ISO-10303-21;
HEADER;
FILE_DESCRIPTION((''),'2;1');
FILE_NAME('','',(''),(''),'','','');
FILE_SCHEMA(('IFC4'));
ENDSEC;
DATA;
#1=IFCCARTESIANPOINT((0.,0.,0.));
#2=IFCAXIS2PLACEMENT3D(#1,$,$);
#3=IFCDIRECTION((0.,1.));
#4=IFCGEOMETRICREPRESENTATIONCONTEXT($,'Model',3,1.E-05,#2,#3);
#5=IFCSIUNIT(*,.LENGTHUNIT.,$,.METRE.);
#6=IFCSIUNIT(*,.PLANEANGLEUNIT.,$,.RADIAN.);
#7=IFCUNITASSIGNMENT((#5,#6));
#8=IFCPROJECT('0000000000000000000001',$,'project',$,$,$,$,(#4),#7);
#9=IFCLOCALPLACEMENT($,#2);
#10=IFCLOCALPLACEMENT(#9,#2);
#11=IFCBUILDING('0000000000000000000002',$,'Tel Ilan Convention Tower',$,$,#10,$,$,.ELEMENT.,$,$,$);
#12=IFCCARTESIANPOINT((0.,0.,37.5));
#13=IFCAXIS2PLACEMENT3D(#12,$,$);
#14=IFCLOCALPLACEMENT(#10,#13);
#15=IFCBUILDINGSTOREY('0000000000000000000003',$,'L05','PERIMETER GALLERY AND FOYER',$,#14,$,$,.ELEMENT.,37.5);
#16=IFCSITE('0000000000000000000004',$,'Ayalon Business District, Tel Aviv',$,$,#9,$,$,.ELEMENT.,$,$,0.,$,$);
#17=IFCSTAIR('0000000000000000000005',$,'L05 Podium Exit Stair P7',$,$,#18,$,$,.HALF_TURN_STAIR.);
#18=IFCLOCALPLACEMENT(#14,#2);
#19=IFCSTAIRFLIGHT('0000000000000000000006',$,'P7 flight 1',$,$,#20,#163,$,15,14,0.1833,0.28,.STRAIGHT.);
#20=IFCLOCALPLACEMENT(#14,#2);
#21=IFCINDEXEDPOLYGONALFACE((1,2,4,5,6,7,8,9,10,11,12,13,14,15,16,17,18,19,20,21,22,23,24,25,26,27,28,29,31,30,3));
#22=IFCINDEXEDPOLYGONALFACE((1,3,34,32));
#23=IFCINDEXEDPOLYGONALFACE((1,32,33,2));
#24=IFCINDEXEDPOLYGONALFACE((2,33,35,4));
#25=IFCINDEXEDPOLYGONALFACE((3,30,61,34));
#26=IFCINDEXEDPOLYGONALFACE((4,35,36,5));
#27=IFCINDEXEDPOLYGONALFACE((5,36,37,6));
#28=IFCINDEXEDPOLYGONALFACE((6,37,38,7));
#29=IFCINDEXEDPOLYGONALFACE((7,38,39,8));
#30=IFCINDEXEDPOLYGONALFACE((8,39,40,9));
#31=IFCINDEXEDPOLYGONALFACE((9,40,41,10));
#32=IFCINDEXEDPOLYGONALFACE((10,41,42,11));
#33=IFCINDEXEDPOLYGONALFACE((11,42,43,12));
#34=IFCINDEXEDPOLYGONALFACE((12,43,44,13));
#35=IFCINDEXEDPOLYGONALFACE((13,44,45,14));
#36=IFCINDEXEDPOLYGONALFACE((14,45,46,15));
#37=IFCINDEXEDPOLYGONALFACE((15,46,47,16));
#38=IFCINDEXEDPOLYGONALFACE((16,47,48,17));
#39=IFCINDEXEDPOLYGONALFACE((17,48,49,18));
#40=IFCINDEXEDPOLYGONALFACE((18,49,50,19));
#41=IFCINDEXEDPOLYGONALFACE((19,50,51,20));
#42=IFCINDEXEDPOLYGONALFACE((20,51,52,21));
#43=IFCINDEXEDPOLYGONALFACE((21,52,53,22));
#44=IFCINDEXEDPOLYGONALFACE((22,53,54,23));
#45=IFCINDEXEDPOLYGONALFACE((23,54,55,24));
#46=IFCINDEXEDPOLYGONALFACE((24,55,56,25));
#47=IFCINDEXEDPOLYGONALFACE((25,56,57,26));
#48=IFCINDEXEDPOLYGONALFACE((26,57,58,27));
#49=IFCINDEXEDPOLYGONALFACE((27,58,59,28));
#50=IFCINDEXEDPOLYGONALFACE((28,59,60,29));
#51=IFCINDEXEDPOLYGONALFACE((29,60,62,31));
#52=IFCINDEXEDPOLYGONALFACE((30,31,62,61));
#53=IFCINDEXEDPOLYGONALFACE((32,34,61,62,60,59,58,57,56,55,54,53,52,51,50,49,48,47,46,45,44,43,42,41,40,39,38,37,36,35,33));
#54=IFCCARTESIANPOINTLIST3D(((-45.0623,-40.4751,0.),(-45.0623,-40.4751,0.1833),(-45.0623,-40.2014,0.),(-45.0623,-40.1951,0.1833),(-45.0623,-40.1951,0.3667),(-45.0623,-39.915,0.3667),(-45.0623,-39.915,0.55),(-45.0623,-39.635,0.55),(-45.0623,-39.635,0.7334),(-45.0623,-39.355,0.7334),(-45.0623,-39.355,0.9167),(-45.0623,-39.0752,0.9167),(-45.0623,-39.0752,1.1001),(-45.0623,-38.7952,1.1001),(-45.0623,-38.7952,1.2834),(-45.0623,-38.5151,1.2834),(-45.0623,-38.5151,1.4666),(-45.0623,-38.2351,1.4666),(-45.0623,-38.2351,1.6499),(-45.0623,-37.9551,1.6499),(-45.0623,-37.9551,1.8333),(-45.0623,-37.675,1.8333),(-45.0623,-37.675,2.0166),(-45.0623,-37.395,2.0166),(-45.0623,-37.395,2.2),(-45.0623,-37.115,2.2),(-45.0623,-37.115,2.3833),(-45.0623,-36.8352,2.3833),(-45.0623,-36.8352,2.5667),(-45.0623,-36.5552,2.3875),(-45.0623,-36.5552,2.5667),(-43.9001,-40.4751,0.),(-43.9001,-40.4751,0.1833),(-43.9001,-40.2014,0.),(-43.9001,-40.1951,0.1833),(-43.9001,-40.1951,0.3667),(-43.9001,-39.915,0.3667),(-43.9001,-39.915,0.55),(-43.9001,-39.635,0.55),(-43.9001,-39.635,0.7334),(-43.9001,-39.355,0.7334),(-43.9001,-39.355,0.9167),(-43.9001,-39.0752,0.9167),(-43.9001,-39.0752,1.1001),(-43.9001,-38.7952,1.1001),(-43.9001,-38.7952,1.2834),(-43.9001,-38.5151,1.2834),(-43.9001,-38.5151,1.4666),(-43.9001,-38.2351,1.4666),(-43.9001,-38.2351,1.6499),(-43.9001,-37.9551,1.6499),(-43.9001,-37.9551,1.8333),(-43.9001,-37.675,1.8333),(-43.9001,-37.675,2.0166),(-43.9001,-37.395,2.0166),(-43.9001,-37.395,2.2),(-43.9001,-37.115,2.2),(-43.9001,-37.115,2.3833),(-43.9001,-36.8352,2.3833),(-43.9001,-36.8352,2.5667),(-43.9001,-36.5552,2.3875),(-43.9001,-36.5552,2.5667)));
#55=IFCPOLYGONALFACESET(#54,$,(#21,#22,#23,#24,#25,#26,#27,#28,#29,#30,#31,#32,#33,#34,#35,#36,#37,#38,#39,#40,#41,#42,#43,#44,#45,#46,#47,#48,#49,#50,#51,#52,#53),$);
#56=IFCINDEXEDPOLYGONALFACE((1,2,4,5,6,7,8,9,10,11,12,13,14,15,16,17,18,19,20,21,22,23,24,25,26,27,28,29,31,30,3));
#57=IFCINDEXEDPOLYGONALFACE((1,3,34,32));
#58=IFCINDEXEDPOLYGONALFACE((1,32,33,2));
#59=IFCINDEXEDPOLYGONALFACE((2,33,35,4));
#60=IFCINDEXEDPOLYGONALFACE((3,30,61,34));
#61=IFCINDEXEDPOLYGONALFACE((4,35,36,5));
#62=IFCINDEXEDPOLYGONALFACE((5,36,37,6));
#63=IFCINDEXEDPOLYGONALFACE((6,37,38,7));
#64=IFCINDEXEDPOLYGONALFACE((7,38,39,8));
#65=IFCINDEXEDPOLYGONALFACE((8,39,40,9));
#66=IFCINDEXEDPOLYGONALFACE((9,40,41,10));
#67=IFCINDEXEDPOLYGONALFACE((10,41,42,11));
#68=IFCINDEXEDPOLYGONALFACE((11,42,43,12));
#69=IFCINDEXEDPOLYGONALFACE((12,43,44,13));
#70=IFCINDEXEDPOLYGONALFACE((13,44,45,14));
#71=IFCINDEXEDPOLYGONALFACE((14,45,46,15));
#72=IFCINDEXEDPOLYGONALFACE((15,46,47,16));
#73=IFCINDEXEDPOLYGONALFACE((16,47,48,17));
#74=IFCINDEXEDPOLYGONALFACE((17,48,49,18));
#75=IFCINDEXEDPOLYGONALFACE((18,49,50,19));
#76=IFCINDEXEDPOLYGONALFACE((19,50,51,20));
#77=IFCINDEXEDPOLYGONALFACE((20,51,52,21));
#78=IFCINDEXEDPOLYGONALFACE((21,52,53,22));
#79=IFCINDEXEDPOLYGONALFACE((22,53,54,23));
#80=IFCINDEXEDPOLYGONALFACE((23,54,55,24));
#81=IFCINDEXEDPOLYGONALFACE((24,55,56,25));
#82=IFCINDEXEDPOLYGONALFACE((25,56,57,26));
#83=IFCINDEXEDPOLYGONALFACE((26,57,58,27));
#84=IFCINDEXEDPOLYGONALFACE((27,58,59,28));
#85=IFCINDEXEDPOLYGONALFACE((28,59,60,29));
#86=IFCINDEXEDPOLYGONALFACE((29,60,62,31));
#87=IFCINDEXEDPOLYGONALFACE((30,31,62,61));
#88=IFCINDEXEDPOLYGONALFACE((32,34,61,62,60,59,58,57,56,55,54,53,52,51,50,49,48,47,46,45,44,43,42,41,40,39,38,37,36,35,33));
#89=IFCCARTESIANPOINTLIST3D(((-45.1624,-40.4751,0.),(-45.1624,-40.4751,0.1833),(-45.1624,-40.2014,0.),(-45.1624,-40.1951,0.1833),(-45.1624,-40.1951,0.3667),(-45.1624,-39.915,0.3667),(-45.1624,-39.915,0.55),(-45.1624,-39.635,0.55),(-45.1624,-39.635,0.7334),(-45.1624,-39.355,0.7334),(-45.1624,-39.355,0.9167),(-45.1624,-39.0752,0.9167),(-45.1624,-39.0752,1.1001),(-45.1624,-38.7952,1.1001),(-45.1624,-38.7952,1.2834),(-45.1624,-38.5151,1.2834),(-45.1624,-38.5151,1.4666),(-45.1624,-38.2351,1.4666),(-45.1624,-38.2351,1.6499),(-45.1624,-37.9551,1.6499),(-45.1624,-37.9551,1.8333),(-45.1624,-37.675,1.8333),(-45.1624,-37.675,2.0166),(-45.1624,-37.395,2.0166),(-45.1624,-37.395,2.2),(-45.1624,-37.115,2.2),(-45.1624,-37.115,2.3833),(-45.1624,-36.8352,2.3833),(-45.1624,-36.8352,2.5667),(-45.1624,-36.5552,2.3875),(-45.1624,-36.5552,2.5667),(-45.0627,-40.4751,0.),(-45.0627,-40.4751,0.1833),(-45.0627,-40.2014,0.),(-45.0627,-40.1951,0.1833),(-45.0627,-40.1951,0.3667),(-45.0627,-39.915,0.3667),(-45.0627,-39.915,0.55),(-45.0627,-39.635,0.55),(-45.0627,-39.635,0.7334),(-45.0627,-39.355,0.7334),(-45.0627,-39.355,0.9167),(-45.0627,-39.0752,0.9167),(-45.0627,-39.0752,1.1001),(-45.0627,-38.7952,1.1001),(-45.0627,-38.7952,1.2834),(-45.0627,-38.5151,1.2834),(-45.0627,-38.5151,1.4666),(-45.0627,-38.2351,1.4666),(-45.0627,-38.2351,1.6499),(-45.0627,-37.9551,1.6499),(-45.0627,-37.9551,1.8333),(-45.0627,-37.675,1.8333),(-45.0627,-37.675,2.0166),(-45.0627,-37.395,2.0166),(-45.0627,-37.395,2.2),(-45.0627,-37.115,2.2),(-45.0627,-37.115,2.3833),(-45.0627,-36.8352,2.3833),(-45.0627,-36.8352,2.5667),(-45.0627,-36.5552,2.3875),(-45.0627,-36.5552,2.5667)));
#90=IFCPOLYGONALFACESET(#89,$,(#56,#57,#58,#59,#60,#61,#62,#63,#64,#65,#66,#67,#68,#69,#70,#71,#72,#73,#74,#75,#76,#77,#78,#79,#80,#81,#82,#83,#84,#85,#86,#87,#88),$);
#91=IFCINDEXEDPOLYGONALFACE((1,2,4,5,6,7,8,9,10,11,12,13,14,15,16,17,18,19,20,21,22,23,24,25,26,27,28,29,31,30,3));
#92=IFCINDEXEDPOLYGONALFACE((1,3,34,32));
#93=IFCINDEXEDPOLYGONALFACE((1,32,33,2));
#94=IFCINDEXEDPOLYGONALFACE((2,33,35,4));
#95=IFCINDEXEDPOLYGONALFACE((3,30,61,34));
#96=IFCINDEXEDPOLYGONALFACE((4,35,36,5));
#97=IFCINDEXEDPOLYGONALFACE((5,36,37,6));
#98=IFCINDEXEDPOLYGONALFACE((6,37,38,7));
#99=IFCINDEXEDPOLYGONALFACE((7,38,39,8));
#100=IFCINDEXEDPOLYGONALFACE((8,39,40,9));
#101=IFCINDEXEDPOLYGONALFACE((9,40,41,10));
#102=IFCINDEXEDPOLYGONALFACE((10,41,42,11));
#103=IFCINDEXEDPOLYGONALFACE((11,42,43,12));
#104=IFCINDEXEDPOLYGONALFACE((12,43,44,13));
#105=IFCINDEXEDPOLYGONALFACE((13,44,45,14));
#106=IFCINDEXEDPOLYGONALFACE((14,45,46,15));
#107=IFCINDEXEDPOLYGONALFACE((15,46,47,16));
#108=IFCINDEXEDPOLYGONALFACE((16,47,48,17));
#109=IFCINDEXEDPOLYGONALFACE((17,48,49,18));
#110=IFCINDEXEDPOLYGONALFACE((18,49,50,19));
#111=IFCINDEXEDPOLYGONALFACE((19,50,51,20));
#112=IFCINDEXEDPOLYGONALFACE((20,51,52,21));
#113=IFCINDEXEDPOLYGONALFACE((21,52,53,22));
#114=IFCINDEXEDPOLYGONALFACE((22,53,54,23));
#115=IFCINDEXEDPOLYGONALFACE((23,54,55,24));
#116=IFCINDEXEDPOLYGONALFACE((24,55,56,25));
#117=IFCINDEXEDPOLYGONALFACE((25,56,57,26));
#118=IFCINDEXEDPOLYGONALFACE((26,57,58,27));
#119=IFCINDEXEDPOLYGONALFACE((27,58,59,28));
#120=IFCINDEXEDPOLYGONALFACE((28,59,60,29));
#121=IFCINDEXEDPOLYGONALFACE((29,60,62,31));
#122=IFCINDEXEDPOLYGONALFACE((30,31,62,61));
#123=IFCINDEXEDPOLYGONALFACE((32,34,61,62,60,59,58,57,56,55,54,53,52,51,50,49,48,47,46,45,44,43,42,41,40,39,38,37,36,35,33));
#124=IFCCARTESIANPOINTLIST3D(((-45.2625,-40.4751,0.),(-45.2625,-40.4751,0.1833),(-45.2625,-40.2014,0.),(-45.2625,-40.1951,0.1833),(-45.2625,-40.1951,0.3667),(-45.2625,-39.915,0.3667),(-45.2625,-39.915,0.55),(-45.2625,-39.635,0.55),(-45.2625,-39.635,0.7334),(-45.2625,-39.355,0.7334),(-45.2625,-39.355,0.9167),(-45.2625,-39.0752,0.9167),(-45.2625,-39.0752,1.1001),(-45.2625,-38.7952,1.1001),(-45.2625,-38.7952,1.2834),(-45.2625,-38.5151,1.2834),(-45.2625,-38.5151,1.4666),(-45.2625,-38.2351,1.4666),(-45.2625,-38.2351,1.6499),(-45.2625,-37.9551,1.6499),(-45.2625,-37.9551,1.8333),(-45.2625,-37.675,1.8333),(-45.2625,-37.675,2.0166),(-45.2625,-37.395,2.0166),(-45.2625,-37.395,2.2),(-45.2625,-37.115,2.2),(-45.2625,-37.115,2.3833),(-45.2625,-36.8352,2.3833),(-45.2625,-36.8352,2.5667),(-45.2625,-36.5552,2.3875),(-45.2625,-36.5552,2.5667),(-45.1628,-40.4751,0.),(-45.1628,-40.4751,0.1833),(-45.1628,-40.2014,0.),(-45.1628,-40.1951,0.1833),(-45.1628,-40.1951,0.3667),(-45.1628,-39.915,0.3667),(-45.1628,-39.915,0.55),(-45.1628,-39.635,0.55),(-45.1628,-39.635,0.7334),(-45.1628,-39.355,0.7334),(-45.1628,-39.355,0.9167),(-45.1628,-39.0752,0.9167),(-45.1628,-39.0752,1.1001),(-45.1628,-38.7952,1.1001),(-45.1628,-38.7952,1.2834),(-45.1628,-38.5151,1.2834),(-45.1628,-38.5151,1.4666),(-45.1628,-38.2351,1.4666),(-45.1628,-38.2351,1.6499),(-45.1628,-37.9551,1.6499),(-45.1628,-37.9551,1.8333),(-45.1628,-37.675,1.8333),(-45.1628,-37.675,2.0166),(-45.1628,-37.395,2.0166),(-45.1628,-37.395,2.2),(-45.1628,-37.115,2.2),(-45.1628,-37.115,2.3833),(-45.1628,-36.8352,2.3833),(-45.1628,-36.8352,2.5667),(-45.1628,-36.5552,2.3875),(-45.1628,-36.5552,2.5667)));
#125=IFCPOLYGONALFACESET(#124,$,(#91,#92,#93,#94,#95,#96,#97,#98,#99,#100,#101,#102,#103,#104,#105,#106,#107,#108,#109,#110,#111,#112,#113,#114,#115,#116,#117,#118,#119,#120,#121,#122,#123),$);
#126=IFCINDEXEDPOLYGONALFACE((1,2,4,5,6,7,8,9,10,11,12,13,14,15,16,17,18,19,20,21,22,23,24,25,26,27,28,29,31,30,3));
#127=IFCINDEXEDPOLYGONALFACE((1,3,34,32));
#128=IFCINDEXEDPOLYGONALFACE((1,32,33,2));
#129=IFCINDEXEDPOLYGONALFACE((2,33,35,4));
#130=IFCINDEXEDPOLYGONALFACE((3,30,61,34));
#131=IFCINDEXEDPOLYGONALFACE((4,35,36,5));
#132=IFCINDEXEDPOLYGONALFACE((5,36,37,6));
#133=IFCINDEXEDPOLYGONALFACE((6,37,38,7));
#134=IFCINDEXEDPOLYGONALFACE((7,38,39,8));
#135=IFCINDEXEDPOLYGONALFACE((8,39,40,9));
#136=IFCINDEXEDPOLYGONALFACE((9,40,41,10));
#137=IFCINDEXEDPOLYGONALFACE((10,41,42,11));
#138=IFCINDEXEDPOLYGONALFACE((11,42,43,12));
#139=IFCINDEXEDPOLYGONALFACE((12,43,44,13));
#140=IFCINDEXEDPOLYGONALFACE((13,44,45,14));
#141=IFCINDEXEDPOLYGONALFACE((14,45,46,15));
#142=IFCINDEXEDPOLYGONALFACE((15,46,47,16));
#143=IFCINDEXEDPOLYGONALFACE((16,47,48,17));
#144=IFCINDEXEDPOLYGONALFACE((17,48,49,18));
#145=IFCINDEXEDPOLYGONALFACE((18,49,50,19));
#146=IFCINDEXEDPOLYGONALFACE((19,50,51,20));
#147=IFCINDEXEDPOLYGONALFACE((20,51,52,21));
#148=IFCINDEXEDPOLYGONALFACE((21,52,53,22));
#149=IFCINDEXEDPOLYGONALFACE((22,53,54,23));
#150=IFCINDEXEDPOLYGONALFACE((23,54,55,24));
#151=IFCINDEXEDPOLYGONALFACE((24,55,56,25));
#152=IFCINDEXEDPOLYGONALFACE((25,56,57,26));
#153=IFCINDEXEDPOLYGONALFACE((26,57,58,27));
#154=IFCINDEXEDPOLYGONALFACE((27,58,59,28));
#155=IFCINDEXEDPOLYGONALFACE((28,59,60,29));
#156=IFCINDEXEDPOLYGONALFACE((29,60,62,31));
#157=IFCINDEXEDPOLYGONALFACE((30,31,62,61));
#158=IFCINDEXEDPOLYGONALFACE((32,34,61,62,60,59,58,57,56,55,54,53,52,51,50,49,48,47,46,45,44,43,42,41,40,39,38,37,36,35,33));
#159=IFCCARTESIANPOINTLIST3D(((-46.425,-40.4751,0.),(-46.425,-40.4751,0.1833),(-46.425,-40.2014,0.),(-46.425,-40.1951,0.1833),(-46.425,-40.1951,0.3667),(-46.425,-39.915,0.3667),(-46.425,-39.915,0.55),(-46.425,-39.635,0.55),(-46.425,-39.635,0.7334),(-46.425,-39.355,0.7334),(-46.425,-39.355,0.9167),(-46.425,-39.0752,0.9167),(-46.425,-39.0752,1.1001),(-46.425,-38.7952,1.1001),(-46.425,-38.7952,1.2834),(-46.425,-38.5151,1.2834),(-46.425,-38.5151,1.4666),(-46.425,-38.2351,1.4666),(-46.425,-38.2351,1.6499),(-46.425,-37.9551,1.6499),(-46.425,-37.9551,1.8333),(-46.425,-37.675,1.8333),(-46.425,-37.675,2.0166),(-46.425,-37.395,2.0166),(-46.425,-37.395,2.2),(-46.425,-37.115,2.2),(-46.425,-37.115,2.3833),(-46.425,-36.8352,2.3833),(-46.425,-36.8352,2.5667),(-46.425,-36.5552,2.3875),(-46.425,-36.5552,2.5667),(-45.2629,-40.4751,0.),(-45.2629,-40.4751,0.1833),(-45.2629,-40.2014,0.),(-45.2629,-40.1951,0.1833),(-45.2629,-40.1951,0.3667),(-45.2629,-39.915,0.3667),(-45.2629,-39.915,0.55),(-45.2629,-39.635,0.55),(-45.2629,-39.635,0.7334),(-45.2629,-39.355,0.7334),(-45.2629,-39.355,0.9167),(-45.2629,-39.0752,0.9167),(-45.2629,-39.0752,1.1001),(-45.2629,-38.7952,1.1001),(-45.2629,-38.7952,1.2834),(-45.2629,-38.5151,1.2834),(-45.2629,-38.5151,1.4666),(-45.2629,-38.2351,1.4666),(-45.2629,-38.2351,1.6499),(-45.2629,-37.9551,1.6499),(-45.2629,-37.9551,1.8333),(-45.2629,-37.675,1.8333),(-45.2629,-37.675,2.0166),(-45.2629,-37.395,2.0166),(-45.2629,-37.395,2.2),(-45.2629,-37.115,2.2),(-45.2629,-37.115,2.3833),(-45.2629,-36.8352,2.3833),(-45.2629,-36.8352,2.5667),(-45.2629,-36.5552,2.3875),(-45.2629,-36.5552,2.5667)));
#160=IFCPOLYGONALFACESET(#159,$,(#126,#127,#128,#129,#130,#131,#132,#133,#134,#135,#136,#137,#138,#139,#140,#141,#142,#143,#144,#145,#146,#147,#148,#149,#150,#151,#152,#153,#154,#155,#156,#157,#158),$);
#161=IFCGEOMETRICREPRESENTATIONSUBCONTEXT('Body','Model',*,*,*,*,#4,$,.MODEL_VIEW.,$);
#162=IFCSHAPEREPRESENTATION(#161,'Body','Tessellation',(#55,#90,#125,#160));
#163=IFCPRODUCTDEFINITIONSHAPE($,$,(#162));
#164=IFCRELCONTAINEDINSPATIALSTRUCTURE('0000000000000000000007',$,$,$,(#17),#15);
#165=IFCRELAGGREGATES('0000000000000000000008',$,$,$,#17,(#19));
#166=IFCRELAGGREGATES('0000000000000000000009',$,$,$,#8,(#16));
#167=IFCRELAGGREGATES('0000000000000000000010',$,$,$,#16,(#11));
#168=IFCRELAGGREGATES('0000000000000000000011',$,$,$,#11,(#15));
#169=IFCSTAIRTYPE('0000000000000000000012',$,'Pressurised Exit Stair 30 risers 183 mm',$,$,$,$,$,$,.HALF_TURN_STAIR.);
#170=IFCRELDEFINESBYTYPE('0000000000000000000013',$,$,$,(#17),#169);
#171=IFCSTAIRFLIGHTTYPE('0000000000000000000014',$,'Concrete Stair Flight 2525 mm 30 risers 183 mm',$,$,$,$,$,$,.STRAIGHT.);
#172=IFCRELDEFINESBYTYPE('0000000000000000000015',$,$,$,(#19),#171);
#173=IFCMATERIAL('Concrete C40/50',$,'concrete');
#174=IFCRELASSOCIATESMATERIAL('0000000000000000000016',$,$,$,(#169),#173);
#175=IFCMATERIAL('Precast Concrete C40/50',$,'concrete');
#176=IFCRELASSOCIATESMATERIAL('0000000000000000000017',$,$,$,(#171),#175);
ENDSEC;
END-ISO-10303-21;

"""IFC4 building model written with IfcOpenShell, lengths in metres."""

from ifc_helpers import new_model, si_unit, direction, frame, origin, place, context, subcontext, project, spatial, polyline, outline, extrude, material, type_object, element, aggregate, save


model = new_model("IFC4")

# Units and contexts
model_context = context("Model", 3, precision=1e-05, world=origin(), true_north=direction((0.0, 1.0)))
body_context = subcontext(model_context, "Body", "Model", "MODEL_VIEW")
ifc_project = project(units=[si_unit("LENGTHUNIT", "METRE"), si_unit("PLANEANGLEUNIT", "RADIAN")], contexts=[model_context])

# Site, building, storey
site_placement = place(None, origin())
site = spatial("IfcSite", under=ifc_project, at=site_placement, Name="Ayalon Business District, Tel Aviv", CompositionType="ELEMENT", RefElevation=0.0)
building_placement = place(site_placement, origin())
building = spatial("IfcBuilding", under=site, at=building_placement, Name="Tel Ilan Convention Tower", CompositionType="ELEMENT")
storey_placement = place(building_placement, frame((0.0, 0.0, 37.5)))
storey = spatial("IfcBuildingStorey", under=building, at=storey_placement, Name="L05", Description="PERIMETER GALLERY AND FOYER", CompositionType="ELEMENT", Elevation=37.5)

# Stair, stair flight
ifc_material_1 = material(Name="Concrete C40/50", Category="concrete")
stair_type = type_object("IfcStairType", Name="Pressurised Exit Stair 30 risers 183 mm", PredefinedType="HALF_TURN_STAIR", material=ifc_material_1)
ifc_material_2 = material(Name="Precast Concrete C40/50", Category="concrete")
stair_flight_type = type_object("IfcStairFlightType", Name="Concrete Stair Flight 2525 mm 30 risers 183 mm", PredefinedType="STRAIGHT", material=ifc_material_2)
stair_1_placement = place(storey_placement, origin())
stair_1 = element("IfcStair", 1, at=stair_1_placement, inside=storey, type_object=stair_type, Name="L05 Podium Exit Stair P7", PredefinedType="HALF_TURN_STAIR")
stair_flight_1_placement = place(storey_placement, frame((-45.1626, -40.4751, 0.0), z_axis=(0.0, 0.0, 1.0), x_axis=(0.0, 1.0, 0.0)))
stair_flight_1 = element("IfcStairFlight", 2, at=stair_flight_1_placement, type_object=stair_flight_type, Name="P7 flight 1", NumberOfRisers=15, NumberOfTreads=14, PredefinedType="STRAIGHT", RiserHeight=0.1833, TreadLength=0.28, context=body_context, shape_type="SweptSolid", body=[
    extrude(outline(polyline([(0.0, 0.0), (0.0, 0.1833), (0.28, 0.1833), (0.28, 0.3667), (0.5601, 0.3667), (0.5601, 0.55), (0.8401, 0.55), (0.8401, 0.7334), (1.1201, 0.7334), (1.1201, 0.9167), (1.3999, 0.9167), (1.3999, 1.1001), (1.6799, 1.1001), (1.6799, 1.2834), (1.96, 1.2834), (1.96, 1.4666), (2.24, 1.4666), (2.24, 1.6499), (2.52, 1.6499), (2.52, 1.8333), (2.8, 1.8333), (2.8, 2.0166), (3.0801, 2.0166), (3.0801, 2.2), (3.3601, 2.2), (3.3601, 2.3833), (3.6399, 2.3833), (3.6399, 2.5667), (3.9199, 2.5667), (3.9199, 2.75), (3.9199, 2.3875), (0.2737, 0.0), (0.0, 0.0)])), frame((0.0, -0.1003, 0.0), z_axis=(0.0, -1.0, 0.0), x_axis=(1.0, 0.0, 0.0)), (0.0, 0.0, 1.0), 1.1621),
    extrude(outline(polyline([(0.0, 0.0), (0.0, 0.1833), (0.28, 0.1833), (0.28, 0.3667), (0.5601, 0.3667), (0.5601, 0.55), (0.8401, 0.55), (0.8401, 0.7334), (1.1201, 0.7334), (1.1201, 0.9167), (1.3999, 0.9167), (1.3999, 1.1001), (1.6799, 1.1001), (1.6799, 1.2834), (1.96, 1.2834), (1.96, 1.4666), (2.24, 1.4666), (2.24, 1.6499), (2.52, 1.6499), (2.52, 1.8333), (2.8, 1.8333), (2.8, 2.0166), (3.0801, 2.0166), (3.0801, 2.2), (3.3601, 2.2), (3.3601, 2.3833), (3.6399, 2.3833), (3.6399, 2.5667), (3.9199, 2.5667), (3.9199, 2.75), (3.9199, 2.3875), (0.2737, 0.0), (0.0, 0.0)])), frame((0.0, -0.0002, 0.0), z_axis=(0.0, -1.0, 0.0), x_axis=(1.0, 0.0, 0.0)), (0.0, 0.0, 1.0), 0.0996),
    extrude(outline(polyline([(0.0, 0.0), (0.0, 0.1833), (0.28, 0.1833), (0.28, 0.3667), (0.5601, 0.3667), (0.5601, 0.55), (0.8401, 0.55), (0.8401, 0.7334), (1.1201, 0.7334), (1.1201, 0.9167), (1.3999, 0.9167), (1.3999, 1.1001), (1.6799, 1.1001), (1.6799, 1.2834), (1.96, 1.2834), (1.96, 1.4666), (2.24, 1.4666), (2.24, 1.6499), (2.52, 1.6499), (2.52, 1.8333), (2.8, 1.8333), (2.8, 2.0166), (3.0801, 2.0166), (3.0801, 2.2), (3.3601, 2.2), (3.3601, 2.3833), (3.6399, 2.3833), (3.6399, 2.5667), (3.9199, 2.5667), (3.9199, 2.75), (3.9199, 2.3875), (0.2737, 0.0), (0.0, 0.0)])), frame((0.0, 0.0999, 0.0), z_axis=(0.0, -1.0, 0.0), x_axis=(1.0, 0.0, 0.0)), (0.0, 0.0, 1.0), 0.0996),
    extrude(outline(polyline([(0.0, 0.0), (0.0, 0.1833), (0.28, 0.1833), (0.28, 0.3667), (0.5601, 0.3667), (0.5601, 0.55), (0.8401, 0.55), (0.8401, 0.7334), (1.1201, 0.7334), (1.1201, 0.9167), (1.3999, 0.9167), (1.3999, 1.1001), (1.6799, 1.1001), (1.6799, 1.2834), (1.96, 1.2834), (1.96, 1.4666), (2.24, 1.4666), (2.24, 1.6499), (2.52, 1.6499), (2.52, 1.8333), (2.8, 1.8333), (2.8, 2.0166), (3.0801, 2.0166), (3.0801, 2.2), (3.3601, 2.2), (3.3601, 2.3833), (3.6399, 2.3833), (3.6399, 2.5667), (3.9199, 2.5667), (3.9199, 2.75), (3.9199, 2.3875), (0.2737, 0.0), (0.0, 0.0)])), frame((0.0, 1.2625, 0.0), z_axis=(0.0, -1.0, 0.0), x_axis=(1.0, 0.0, 0.0)), (0.0, 0.0, 1.0), 1.1621),
])
aggregate(stair_1, [stair_flight_1])

save(model, "model.ifc")
